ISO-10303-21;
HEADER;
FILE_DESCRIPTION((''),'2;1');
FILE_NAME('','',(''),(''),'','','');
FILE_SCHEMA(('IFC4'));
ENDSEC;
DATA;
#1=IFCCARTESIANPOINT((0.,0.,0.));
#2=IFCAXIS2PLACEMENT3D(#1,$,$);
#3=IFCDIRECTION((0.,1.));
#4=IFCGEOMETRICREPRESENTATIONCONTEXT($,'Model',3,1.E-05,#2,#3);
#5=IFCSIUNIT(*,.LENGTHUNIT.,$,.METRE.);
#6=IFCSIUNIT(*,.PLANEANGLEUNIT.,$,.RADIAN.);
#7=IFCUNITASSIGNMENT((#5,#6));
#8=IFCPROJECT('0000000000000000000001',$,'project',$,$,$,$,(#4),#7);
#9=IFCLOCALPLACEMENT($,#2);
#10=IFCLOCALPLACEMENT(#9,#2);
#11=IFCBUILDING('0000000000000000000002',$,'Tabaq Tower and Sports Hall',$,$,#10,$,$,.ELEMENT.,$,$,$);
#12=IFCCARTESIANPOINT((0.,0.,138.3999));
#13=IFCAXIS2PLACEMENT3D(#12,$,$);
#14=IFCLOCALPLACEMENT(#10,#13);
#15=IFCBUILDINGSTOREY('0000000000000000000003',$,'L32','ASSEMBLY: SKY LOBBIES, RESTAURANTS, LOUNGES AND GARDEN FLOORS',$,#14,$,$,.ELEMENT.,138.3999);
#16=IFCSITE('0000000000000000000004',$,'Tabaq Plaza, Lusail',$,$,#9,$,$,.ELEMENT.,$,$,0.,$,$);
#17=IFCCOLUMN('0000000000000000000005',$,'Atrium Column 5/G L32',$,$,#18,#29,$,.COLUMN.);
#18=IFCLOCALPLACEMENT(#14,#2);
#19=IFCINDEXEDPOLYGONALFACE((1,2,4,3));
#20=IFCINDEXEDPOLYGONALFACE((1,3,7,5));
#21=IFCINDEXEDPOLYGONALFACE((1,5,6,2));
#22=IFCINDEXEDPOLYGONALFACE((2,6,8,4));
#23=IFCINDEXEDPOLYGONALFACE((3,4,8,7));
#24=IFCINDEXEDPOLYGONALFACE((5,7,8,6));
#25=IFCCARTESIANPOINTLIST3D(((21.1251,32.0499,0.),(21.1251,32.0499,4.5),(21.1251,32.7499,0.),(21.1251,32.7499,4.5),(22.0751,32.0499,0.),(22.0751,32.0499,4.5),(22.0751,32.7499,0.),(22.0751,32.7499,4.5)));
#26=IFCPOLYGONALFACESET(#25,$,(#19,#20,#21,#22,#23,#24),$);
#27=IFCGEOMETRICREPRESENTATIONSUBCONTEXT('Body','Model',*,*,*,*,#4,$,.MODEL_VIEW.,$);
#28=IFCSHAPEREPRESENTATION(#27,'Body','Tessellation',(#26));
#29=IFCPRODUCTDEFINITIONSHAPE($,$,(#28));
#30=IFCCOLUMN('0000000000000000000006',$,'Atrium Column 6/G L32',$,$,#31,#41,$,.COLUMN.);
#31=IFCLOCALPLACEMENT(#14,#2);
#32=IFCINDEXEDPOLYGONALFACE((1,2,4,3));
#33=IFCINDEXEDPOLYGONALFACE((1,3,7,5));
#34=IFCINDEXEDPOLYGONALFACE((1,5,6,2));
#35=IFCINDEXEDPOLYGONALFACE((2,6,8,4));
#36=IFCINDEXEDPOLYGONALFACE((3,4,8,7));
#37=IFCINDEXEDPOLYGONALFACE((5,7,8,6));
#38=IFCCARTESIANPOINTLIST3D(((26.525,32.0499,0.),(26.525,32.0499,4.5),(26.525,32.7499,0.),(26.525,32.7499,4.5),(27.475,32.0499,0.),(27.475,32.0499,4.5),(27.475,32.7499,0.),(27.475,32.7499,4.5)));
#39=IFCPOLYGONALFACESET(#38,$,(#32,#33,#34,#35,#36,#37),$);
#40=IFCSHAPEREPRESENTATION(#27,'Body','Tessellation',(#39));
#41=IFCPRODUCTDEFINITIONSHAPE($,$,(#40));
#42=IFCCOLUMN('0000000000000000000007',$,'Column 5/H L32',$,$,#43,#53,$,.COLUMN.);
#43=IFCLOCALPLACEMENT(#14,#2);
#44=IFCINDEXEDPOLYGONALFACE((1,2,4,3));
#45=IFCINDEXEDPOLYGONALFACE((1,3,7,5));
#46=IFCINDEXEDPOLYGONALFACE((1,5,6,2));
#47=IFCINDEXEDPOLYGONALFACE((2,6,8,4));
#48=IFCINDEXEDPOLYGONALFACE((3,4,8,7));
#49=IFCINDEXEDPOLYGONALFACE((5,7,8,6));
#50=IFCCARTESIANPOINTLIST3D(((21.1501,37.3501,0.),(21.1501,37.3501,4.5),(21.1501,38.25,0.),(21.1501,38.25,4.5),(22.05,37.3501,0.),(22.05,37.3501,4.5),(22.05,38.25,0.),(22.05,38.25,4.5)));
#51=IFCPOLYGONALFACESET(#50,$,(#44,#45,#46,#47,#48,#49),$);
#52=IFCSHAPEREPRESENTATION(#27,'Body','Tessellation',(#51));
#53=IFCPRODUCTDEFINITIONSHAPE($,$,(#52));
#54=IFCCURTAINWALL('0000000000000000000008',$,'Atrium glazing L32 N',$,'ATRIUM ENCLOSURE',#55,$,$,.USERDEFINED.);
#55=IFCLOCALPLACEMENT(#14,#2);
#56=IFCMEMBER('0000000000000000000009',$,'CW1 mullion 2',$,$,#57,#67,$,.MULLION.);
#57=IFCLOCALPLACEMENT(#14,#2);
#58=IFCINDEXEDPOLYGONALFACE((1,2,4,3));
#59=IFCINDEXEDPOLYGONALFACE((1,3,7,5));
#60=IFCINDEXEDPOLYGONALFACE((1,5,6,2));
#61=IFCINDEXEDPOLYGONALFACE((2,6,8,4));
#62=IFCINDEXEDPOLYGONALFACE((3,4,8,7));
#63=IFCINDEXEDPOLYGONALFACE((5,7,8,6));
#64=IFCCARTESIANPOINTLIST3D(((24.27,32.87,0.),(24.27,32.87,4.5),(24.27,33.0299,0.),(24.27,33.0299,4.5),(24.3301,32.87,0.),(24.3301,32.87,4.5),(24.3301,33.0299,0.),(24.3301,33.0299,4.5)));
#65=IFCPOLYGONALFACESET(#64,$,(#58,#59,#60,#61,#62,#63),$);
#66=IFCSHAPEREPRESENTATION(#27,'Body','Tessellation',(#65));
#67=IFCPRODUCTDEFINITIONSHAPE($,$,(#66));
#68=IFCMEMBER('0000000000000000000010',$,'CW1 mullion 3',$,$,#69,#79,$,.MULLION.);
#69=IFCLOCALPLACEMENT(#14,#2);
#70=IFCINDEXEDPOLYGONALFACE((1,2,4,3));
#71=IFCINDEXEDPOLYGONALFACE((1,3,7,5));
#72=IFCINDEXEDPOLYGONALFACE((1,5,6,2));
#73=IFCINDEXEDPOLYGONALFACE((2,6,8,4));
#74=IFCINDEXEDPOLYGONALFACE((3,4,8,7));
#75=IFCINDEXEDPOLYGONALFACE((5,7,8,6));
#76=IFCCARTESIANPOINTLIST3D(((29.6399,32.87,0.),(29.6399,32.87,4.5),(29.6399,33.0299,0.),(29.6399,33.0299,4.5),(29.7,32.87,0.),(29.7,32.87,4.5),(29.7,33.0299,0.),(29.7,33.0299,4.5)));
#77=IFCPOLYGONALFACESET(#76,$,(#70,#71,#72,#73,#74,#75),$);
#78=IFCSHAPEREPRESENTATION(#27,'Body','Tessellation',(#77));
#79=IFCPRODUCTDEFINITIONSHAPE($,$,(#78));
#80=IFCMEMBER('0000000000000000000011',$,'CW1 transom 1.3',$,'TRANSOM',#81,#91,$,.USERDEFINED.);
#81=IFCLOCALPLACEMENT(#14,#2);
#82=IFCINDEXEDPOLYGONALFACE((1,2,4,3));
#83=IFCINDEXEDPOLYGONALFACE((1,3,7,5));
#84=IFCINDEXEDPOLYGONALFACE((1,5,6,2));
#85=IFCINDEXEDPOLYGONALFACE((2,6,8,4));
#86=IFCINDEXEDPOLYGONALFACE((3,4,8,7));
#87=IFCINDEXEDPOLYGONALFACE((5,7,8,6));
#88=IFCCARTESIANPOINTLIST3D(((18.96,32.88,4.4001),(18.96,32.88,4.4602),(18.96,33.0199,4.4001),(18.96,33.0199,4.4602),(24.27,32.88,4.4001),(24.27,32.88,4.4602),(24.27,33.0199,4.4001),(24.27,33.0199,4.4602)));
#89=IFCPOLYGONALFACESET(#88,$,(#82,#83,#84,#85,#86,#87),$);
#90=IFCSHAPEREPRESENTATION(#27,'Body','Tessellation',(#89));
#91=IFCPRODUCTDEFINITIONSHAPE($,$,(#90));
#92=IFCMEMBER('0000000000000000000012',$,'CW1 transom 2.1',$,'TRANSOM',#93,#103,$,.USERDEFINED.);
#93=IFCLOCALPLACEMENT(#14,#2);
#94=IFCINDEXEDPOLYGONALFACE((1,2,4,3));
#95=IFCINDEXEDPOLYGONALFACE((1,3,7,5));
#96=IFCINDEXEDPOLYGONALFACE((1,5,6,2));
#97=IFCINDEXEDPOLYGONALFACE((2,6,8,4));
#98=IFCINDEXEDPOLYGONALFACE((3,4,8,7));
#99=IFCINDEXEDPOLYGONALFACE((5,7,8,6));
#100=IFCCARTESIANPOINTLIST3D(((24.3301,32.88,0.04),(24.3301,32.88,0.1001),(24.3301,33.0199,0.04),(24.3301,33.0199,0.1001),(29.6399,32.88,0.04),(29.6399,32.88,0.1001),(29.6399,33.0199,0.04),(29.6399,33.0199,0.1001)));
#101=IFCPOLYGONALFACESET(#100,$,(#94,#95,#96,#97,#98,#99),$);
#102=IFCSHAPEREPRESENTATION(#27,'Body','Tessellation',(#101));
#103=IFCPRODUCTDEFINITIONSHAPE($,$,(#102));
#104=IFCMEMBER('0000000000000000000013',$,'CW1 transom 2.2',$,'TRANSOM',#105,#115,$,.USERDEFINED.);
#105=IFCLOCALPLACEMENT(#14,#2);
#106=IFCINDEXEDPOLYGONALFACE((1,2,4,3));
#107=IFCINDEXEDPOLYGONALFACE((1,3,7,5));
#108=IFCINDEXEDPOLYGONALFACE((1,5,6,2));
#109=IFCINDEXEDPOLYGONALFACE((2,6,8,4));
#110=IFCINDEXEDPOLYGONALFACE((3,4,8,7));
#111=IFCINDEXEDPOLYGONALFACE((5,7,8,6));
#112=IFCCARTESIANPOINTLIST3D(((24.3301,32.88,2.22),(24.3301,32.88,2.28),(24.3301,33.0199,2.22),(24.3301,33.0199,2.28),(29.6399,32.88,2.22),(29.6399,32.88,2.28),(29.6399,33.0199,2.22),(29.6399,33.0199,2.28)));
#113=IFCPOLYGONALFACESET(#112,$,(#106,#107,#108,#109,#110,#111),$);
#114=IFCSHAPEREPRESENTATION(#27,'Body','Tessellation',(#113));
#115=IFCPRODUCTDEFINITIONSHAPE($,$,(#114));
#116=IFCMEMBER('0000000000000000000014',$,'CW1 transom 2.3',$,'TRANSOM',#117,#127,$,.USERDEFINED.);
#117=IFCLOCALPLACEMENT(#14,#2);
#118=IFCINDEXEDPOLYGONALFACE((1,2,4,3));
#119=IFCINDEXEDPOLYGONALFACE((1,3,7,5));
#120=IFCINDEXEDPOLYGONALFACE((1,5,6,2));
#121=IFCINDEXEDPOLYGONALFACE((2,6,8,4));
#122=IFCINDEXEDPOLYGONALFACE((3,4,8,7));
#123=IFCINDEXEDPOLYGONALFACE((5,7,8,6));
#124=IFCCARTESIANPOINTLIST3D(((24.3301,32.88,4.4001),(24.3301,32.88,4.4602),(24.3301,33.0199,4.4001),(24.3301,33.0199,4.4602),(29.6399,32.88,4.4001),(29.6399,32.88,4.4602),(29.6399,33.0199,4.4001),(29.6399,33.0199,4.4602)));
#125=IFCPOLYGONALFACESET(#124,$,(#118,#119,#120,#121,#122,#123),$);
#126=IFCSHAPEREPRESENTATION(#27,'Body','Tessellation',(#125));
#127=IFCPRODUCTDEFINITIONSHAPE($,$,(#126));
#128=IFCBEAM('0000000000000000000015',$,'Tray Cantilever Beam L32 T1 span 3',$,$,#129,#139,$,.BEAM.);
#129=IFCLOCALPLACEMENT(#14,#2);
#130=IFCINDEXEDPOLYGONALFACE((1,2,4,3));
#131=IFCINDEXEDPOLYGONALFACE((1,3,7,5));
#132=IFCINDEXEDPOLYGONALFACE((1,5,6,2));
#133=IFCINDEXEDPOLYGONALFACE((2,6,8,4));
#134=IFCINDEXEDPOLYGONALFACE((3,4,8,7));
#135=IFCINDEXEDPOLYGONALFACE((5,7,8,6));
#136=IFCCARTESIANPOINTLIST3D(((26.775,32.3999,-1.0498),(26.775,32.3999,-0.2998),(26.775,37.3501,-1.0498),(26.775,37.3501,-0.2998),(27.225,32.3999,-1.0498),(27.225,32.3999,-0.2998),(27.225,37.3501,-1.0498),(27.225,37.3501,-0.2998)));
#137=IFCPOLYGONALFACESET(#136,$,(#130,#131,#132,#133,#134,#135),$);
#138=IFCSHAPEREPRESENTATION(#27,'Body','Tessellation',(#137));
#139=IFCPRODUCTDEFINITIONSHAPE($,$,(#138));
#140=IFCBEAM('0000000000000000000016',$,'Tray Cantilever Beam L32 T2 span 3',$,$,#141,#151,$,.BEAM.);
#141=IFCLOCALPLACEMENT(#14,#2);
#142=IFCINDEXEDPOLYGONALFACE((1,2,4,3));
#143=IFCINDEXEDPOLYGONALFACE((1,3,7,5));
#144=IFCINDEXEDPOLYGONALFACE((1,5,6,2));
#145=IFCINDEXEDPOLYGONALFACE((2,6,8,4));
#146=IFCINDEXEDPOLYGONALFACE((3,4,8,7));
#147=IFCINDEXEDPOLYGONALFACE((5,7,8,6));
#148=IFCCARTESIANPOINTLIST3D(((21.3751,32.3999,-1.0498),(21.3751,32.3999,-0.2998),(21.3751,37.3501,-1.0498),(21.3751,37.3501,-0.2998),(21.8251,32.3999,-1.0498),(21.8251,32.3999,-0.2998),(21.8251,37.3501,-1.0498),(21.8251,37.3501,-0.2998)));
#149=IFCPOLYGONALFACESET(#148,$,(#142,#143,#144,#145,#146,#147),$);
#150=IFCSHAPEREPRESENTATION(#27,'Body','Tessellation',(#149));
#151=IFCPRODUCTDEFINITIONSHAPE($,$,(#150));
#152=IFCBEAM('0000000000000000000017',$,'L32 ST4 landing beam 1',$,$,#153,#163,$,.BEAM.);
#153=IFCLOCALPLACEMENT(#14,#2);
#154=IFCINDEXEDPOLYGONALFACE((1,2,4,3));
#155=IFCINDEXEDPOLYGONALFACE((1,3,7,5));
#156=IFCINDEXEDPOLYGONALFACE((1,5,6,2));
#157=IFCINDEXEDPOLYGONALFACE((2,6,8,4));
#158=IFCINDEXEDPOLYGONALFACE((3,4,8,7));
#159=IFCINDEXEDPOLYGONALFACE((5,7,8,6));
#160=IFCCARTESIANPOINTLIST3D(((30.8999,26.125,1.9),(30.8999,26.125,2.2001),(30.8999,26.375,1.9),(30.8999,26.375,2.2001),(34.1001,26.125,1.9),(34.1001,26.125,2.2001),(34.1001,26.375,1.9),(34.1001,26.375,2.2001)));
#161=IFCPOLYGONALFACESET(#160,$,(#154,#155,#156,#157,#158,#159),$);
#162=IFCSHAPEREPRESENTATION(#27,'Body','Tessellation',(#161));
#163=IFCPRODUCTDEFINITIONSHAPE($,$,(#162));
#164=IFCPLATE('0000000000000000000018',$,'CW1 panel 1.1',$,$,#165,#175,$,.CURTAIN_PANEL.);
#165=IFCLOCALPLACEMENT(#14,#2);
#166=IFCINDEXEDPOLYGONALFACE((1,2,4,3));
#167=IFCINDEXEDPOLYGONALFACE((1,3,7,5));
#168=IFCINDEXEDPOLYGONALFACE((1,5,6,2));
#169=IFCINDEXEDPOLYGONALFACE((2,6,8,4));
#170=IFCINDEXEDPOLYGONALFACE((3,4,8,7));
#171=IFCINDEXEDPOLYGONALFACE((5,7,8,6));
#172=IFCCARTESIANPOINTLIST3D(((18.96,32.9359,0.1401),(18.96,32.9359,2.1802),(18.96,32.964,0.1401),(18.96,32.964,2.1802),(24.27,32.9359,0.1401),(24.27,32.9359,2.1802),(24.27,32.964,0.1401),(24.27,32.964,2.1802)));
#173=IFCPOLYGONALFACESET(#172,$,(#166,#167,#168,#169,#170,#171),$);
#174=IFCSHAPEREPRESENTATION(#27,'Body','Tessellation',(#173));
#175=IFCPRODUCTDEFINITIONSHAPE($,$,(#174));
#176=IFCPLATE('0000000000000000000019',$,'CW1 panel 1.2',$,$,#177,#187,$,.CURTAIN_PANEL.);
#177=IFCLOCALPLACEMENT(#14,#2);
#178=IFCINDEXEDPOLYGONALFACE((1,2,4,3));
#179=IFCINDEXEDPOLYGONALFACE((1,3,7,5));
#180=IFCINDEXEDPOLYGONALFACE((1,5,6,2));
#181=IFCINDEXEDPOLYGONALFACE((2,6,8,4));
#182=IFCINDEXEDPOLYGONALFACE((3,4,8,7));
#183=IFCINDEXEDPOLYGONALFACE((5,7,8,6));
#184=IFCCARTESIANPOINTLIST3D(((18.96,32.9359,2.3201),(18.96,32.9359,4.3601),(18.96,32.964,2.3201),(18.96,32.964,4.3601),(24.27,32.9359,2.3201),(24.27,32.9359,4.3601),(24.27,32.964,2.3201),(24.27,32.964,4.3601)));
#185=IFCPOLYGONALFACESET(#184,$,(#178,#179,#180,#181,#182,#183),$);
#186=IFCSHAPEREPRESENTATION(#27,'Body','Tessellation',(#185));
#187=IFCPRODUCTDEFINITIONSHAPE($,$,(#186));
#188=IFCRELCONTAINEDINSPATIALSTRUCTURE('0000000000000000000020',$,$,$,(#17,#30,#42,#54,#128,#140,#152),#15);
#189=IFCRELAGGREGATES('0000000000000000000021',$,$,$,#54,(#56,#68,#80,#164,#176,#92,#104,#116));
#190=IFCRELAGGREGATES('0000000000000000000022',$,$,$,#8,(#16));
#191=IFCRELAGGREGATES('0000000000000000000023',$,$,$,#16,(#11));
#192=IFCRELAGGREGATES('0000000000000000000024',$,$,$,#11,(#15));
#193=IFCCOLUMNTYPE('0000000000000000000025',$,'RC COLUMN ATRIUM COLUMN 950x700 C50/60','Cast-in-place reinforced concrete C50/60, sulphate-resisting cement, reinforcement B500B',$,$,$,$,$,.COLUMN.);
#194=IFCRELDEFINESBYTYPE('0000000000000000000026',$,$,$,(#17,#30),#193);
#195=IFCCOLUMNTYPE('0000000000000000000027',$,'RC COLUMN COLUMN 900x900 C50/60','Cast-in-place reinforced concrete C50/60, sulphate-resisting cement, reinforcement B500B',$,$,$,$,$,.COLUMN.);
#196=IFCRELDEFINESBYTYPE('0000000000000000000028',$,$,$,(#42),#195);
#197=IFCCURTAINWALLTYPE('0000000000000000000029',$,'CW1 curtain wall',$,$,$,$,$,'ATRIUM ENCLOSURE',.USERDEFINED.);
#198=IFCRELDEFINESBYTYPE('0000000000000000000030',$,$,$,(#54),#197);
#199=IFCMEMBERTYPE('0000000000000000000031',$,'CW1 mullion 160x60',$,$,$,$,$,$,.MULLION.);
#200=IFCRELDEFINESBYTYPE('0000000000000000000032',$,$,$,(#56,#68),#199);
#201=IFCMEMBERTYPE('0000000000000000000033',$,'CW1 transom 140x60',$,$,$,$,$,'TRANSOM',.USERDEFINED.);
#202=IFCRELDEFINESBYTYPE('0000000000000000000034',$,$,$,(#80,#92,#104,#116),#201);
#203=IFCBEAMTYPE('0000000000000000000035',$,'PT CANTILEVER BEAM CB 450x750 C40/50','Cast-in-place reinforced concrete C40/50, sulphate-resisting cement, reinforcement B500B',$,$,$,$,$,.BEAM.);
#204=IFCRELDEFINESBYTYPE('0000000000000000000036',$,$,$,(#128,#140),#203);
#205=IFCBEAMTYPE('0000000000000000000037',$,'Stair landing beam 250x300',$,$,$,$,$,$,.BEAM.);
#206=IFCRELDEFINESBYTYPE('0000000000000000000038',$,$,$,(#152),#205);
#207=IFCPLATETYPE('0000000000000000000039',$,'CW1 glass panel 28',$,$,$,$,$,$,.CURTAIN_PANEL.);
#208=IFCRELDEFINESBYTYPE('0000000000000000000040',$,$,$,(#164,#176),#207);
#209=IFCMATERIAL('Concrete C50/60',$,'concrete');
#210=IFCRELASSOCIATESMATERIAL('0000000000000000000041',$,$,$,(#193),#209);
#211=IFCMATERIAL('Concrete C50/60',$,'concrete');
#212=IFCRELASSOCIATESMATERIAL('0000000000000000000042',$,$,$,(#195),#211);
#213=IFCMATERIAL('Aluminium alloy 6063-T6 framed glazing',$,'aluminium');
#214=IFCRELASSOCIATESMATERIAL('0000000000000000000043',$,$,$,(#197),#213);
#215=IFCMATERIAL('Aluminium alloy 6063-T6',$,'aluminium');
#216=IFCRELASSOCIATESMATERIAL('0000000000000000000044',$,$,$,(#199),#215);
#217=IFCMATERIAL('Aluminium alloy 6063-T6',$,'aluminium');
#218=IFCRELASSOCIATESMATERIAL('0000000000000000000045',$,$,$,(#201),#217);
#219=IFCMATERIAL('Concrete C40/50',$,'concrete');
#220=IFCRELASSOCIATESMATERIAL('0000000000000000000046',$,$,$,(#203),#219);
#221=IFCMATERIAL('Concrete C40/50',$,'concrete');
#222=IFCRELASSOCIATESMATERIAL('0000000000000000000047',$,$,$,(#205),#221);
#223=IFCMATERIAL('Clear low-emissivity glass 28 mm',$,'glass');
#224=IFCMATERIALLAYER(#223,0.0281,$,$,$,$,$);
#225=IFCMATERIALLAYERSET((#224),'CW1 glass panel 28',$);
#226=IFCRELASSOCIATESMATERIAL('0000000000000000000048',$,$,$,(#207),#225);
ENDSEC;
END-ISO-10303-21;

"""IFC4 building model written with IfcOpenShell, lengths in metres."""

from ifc_helpers import new_model, si_unit, direction, frame, origin, origin_2d, place, context, subcontext, project, spatial, rectangle, extrude, material, layer, layer_set, material_profile, profile_set, type_object, element, aggregate, save


model = new_model("IFC4")

# Units and contexts
model_context = context("Model", 3, precision=1e-05, world=origin(), true_north=direction((0.0, 1.0)))
body_context = subcontext(model_context, "Body", "Model", "MODEL_VIEW")
ifc_project = project(units=[si_unit("LENGTHUNIT", "METRE"), si_unit("PLANEANGLEUNIT", "RADIAN")], contexts=[model_context])

# Site, building, storey
site_placement = place(None, origin())
site = spatial("IfcSite", under=ifc_project, at=site_placement, Name="Tabaq Plaza, Lusail", CompositionType="ELEMENT", RefElevation=0.0)
building_placement = place(site_placement, origin())
building = spatial("IfcBuilding", under=site, at=building_placement, Name="Tabaq Tower and Sports Hall", CompositionType="ELEMENT")
storey_placement = place(building_placement, frame((0.0, 0.0, 138.3999)))
storey = spatial("IfcBuildingStorey", under=building, at=storey_placement, Name="L32", Description="ASSEMBLY: SKY LOBBIES, RESTAURANTS, LOUNGES AND GARDEN FLOORS", CompositionType="ELEMENT", Elevation=138.3999)

# Columns
ifc_material_1 = material(Name="Concrete C50/60", Category="concrete")
ifc_material_profile_1 = material_profile(ifc_material_1, rectangle(XDim=0.95, YDim=0.7, at=origin_2d()), Name="ATRIUM COLUMN 950x700")
ifc_profile_set_1 = profile_set([ifc_material_profile_1], Name="Concrete C50/60")
column_type_1 = type_object("IfcColumnType", Name="RC COLUMN ATRIUM COLUMN 950x700 C50/60", Description="Cast-in-place reinforced concrete C50/60, sulphate-resisting cement, reinforcement B500B", PredefinedType="COLUMN", material=ifc_profile_set_1)
for number, where, z_axis, x_axis, name in (
    (1, (21.6001, 32.3999, 0.0), (0.0, 0.0, 1.0), (1.0, 0.0, 0.0), "Atrium Column 5/G L32"),
    (2, (27.0, 32.3999, 0.0), (0.0, 0.0, 1.0), (1.0, 0.0, 0.0), "Atrium Column 6/G L32"),
):
    element("IfcColumn", number, at=place(storey_placement, frame(where, z_axis=z_axis, x_axis=x_axis)), inside=storey, type_object=column_type_1, Name=name, PredefinedType="COLUMN", context=body_context, shape_type="SweptSolid", body=[
        extrude(rectangle(XDim=0.95, YDim=0.7, at=origin_2d()), origin(), (0.0, 0.0, 1.0), 4.5),
    ])
ifc_material_2 = material(Name="Concrete C50/60", Category="concrete")
ifc_material_profile_2 = material_profile(ifc_material_2, rectangle(XDim=0.8999, YDim=0.8999, at=origin_2d()), Name="COLUMN 900x900")
ifc_profile_set_2 = profile_set([ifc_material_profile_2], Name="Concrete C50/60")
column_type_2 = type_object("IfcColumnType", Name="RC COLUMN COLUMN 900x900 C50/60", Description="Cast-in-place reinforced concrete C50/60, sulphate-resisting cement, reinforcement B500B", PredefinedType="COLUMN", material=ifc_profile_set_2)
column_placement = place(storey_placement, frame((21.6001, 37.8, 0.0), z_axis=(0.0, 0.0, 1.0), x_axis=(1.0, 0.0, 0.0)))
element("IfcColumn", 3, at=column_placement, inside=storey, type_object=column_type_2, Name="Column 5/H L32", PredefinedType="COLUMN", context=body_context, shape_type="SweptSolid", body=[
    extrude(rectangle(XDim=0.8999, YDim=0.8999, at=origin_2d()), origin(), (0.0, 0.0, 1.0), 4.5),
])

# Curtain wall, members
ifc_material_3 = material(Name="Aluminium alloy 6063-T6 framed glazing", Category="aluminium")
curtain_wall_type = type_object("IfcCurtainWallType", Name="CW1 curtain wall", ElementType="ATRIUM ENCLOSURE", PredefinedType="USERDEFINED", material=ifc_material_3)
curtain_wall_placement = place(storey_placement, origin())
curtain_wall = element("IfcCurtainWall", 4, at=curtain_wall_placement, inside=storey, type_object=curtain_wall_type, Name="Atrium glazing L32 N", ObjectType="ATRIUM ENCLOSURE", PredefinedType="USERDEFINED")
ifc_material_4 = material(Name="Aluminium alloy 6063-T6", Category="aluminium")
ifc_material_profile_3 = material_profile(ifc_material_4, rectangle(XDim=0.1599, YDim=0.0601, at=origin_2d()), Name="MULLION 160x60")
ifc_profile_set_3 = profile_set([ifc_material_profile_3], Name="Aluminium alloy 6063-T6")
member_type_1 = type_object("IfcMemberType", Name="CW1 mullion 160x60", PredefinedType="MULLION", material=ifc_profile_set_3)
member_1_placement = place(storey_placement, frame((24.3, 32.95, 0.0), z_axis=(0.0, 0.0, 1.0), x_axis=(0.0, 1.0, 0.0)))
member_1 = element("IfcMember", 5, at=member_1_placement, type_object=member_type_1, Name="CW1 mullion 2", PredefinedType="MULLION", context=body_context, shape_type="SweptSolid", body=[
    extrude(rectangle(XDim=0.1599, YDim=0.0601, at=origin_2d()), origin(), (0.0, 0.0, 1.0), 4.5),
])
member_2_placement = place(storey_placement, frame((29.6699, 32.95, 0.0), z_axis=(0.0, 0.0, 1.0), x_axis=(0.0, 1.0, 0.0)))
member_2 = element("IfcMember", 6, at=member_2_placement, type_object=member_type_1, Name="CW1 mullion 3", PredefinedType="MULLION", context=body_context, shape_type="SweptSolid", body=[
    extrude(rectangle(XDim=0.1599, YDim=0.0601, at=origin_2d()), origin(), (0.0, 0.0, 1.0), 4.5),
])
ifc_material_5 = material(Name="Aluminium alloy 6063-T6", Category="aluminium")
ifc_material_profile_4 = material_profile(ifc_material_5, rectangle(XDim=0.1399, YDim=0.0601, at=origin_2d()), Name="TRANSOM 140x60")
ifc_profile_set_4 = profile_set([ifc_material_profile_4], Name="Aluminium alloy 6063-T6")
member_type_2 = type_object("IfcMemberType", Name="CW1 transom 140x60", ElementType="TRANSOM", PredefinedType="USERDEFINED", material=ifc_profile_set_4)
member_3_placement = place(storey_placement, frame((18.96, 32.95, 4.4302), z_axis=(1.0, 0.0, 0.0), x_axis=(0.0, 1.0, 0.0)))
member_3 = element("IfcMember", 7, at=member_3_placement, type_object=member_type_2, Name="CW1 transom 1.3", ObjectType="TRANSOM", PredefinedType="USERDEFINED", context=body_context, shape_type="SweptSolid", body=[
    extrude(rectangle(XDim=0.1399, YDim=0.0601, at=origin_2d()), origin(), (0.0, 0.0, 1.0), 5.3101),
])
member_4_placement = place(storey_placement, frame((24.3301, 32.95, 0.0701), z_axis=(1.0, 0.0, 0.0), x_axis=(0.0, 1.0, 0.0)))
member_4 = element("IfcMember", 8, at=member_4_placement, type_object=member_type_2, Name="CW1 transom 2.1", ObjectType="TRANSOM", PredefinedType="USERDEFINED", context=body_context, shape_type="SweptSolid", body=[
    extrude(rectangle(XDim=0.1399, YDim=0.0601, at=origin_2d()), origin(), (0.0, 0.0, 1.0), 5.3098),
])
member_5_placement = place(storey_placement, frame((24.3301, 32.95, 2.25), z_axis=(1.0, 0.0, 0.0), x_axis=(0.0, 1.0, 0.0)))
member_5 = element("IfcMember", 9, at=member_5_placement, type_object=member_type_2, Name="CW1 transom 2.2", ObjectType="TRANSOM", PredefinedType="USERDEFINED", context=body_context, shape_type="SweptSolid", body=[
    extrude(rectangle(XDim=0.1399, YDim=0.0601, at=origin_2d()), origin(), (0.0, 0.0, 1.0), 5.3098),
])
member_6_placement = place(storey_placement, frame((24.3301, 32.95, 4.4302), z_axis=(1.0, 0.0, 0.0), x_axis=(0.0, 1.0, 0.0)))
member_6 = element("IfcMember", 10, at=member_6_placement, type_object=member_type_2, Name="CW1 transom 2.3", ObjectType="TRANSOM", PredefinedType="USERDEFINED", context=body_context, shape_type="SweptSolid", body=[
    extrude(rectangle(XDim=0.1399, YDim=0.0601, at=origin_2d()), origin(), (0.0, 0.0, 1.0), 5.3098),
])

# Beams
ifc_material_6 = material(Name="Concrete C40/50", Category="concrete")
ifc_material_profile_5 = material_profile(ifc_material_6, rectangle(XDim=0.45, YDim=0.75, at=origin_2d()), Name="CB 450x750")
ifc_profile_set_5 = profile_set([ifc_material_profile_5], Name="Concrete C40/50")
beam_type_1 = type_object("IfcBeamType", Name="PT CANTILEVER BEAM CB 450x750 C40/50", Description="Cast-in-place reinforced concrete C40/50, sulphate-resisting cement, reinforcement B500B", PredefinedType="BEAM", material=ifc_profile_set_5)
for number, where, z_axis, x_axis, name in (
    (11, (27.0, 37.3501, -0.6748), (0.0, -1.0, 0.0), (1.0, 0.0, 0.0), "Tray Cantilever Beam L32 T1 span 3"),
    (12, (21.6001, 37.3501, -0.6748), (0.0, -1.0, 0.0), (1.0, 0.0, 0.0), "Tray Cantilever Beam L32 T2 span 3"),
):
    element("IfcBeam", number, at=place(storey_placement, frame(where, z_axis=z_axis, x_axis=x_axis)), inside=storey, type_object=beam_type_1, Name=name, PredefinedType="BEAM", context=body_context, shape_type="SweptSolid", body=[
        extrude(rectangle(XDim=0.45, YDim=0.75, at=origin_2d()), origin(), (0.0, 0.0, 1.0), 4.9502),
    ])
ifc_material_7 = material(Name="Concrete C40/50", Category="concrete")
ifc_material_profile_6 = material_profile(ifc_material_7, rectangle(XDim=0.25, YDim=0.3, at=origin_2d()), Name="RC 250x300")
ifc_profile_set_6 = profile_set([ifc_material_profile_6], Name="Concrete C40/50")
beam_type_2 = type_object("IfcBeamType", Name="Stair landing beam 250x300", PredefinedType="BEAM", material=ifc_profile_set_6)
beam_placement = place(storey_placement, frame((30.8999, 26.25, 2.05), z_axis=(1.0, 0.0, 0.0), x_axis=(0.0, 1.0, 0.0)))
element("IfcBeam", 13, at=beam_placement, inside=storey, type_object=beam_type_2, Name="L32 ST4 landing beam 1", PredefinedType="BEAM", context=body_context, shape_type="SweptSolid", body=[
    extrude(rectangle(XDim=0.25, YDim=0.3, at=origin_2d()), origin(), (0.0, 0.0, 1.0), 3.2002),
])

# Plates
ifc_material_8 = material(Name="Clear low-emissivity glass 28 mm", Category="glass")
ifc_layer_1 = layer(ifc_material_8, 0.0281)
ifc_layer_set_1 = layer_set([ifc_layer_1], Name="CW1 glass panel 28")
plate_type = type_object("IfcPlateType", Name="CW1 glass panel 28", PredefinedType="CURTAIN_PANEL", material=ifc_layer_set_1)
plate_1_placement = place(storey_placement, frame((21.615, 32.95, 0.1401), z_axis=(0.0, 0.0, 1.0), x_axis=(1.0, 0.0, 0.0)))
plate_1 = element("IfcPlate", 14, at=plate_1_placement, type_object=plate_type, Name="CW1 panel 1.1", PredefinedType="CURTAIN_PANEL", context=body_context, shape_type="SweptSolid", body=[
    extrude(rectangle(XDim=5.3101, YDim=0.0281, at=origin_2d()), origin(), (0.0, 0.0, 1.0), 2.04),
])
plate_2_placement = place(storey_placement, frame((21.615, 32.95, 2.3201), z_axis=(0.0, 0.0, 1.0), x_axis=(1.0, 0.0, 0.0)))
plate_2 = element("IfcPlate", 15, at=plate_2_placement, type_object=plate_type, Name="CW1 panel 1.2", PredefinedType="CURTAIN_PANEL", context=body_context, shape_type="SweptSolid", body=[
    extrude(rectangle(XDim=5.3101, YDim=0.0281, at=origin_2d()), origin(), (0.0, 0.0, 1.0), 2.04),
])
aggregate(curtain_wall, [member_1, member_2, member_3, plate_1, plate_2, member_4, member_5, member_6])

save(model, "model.ifc")
